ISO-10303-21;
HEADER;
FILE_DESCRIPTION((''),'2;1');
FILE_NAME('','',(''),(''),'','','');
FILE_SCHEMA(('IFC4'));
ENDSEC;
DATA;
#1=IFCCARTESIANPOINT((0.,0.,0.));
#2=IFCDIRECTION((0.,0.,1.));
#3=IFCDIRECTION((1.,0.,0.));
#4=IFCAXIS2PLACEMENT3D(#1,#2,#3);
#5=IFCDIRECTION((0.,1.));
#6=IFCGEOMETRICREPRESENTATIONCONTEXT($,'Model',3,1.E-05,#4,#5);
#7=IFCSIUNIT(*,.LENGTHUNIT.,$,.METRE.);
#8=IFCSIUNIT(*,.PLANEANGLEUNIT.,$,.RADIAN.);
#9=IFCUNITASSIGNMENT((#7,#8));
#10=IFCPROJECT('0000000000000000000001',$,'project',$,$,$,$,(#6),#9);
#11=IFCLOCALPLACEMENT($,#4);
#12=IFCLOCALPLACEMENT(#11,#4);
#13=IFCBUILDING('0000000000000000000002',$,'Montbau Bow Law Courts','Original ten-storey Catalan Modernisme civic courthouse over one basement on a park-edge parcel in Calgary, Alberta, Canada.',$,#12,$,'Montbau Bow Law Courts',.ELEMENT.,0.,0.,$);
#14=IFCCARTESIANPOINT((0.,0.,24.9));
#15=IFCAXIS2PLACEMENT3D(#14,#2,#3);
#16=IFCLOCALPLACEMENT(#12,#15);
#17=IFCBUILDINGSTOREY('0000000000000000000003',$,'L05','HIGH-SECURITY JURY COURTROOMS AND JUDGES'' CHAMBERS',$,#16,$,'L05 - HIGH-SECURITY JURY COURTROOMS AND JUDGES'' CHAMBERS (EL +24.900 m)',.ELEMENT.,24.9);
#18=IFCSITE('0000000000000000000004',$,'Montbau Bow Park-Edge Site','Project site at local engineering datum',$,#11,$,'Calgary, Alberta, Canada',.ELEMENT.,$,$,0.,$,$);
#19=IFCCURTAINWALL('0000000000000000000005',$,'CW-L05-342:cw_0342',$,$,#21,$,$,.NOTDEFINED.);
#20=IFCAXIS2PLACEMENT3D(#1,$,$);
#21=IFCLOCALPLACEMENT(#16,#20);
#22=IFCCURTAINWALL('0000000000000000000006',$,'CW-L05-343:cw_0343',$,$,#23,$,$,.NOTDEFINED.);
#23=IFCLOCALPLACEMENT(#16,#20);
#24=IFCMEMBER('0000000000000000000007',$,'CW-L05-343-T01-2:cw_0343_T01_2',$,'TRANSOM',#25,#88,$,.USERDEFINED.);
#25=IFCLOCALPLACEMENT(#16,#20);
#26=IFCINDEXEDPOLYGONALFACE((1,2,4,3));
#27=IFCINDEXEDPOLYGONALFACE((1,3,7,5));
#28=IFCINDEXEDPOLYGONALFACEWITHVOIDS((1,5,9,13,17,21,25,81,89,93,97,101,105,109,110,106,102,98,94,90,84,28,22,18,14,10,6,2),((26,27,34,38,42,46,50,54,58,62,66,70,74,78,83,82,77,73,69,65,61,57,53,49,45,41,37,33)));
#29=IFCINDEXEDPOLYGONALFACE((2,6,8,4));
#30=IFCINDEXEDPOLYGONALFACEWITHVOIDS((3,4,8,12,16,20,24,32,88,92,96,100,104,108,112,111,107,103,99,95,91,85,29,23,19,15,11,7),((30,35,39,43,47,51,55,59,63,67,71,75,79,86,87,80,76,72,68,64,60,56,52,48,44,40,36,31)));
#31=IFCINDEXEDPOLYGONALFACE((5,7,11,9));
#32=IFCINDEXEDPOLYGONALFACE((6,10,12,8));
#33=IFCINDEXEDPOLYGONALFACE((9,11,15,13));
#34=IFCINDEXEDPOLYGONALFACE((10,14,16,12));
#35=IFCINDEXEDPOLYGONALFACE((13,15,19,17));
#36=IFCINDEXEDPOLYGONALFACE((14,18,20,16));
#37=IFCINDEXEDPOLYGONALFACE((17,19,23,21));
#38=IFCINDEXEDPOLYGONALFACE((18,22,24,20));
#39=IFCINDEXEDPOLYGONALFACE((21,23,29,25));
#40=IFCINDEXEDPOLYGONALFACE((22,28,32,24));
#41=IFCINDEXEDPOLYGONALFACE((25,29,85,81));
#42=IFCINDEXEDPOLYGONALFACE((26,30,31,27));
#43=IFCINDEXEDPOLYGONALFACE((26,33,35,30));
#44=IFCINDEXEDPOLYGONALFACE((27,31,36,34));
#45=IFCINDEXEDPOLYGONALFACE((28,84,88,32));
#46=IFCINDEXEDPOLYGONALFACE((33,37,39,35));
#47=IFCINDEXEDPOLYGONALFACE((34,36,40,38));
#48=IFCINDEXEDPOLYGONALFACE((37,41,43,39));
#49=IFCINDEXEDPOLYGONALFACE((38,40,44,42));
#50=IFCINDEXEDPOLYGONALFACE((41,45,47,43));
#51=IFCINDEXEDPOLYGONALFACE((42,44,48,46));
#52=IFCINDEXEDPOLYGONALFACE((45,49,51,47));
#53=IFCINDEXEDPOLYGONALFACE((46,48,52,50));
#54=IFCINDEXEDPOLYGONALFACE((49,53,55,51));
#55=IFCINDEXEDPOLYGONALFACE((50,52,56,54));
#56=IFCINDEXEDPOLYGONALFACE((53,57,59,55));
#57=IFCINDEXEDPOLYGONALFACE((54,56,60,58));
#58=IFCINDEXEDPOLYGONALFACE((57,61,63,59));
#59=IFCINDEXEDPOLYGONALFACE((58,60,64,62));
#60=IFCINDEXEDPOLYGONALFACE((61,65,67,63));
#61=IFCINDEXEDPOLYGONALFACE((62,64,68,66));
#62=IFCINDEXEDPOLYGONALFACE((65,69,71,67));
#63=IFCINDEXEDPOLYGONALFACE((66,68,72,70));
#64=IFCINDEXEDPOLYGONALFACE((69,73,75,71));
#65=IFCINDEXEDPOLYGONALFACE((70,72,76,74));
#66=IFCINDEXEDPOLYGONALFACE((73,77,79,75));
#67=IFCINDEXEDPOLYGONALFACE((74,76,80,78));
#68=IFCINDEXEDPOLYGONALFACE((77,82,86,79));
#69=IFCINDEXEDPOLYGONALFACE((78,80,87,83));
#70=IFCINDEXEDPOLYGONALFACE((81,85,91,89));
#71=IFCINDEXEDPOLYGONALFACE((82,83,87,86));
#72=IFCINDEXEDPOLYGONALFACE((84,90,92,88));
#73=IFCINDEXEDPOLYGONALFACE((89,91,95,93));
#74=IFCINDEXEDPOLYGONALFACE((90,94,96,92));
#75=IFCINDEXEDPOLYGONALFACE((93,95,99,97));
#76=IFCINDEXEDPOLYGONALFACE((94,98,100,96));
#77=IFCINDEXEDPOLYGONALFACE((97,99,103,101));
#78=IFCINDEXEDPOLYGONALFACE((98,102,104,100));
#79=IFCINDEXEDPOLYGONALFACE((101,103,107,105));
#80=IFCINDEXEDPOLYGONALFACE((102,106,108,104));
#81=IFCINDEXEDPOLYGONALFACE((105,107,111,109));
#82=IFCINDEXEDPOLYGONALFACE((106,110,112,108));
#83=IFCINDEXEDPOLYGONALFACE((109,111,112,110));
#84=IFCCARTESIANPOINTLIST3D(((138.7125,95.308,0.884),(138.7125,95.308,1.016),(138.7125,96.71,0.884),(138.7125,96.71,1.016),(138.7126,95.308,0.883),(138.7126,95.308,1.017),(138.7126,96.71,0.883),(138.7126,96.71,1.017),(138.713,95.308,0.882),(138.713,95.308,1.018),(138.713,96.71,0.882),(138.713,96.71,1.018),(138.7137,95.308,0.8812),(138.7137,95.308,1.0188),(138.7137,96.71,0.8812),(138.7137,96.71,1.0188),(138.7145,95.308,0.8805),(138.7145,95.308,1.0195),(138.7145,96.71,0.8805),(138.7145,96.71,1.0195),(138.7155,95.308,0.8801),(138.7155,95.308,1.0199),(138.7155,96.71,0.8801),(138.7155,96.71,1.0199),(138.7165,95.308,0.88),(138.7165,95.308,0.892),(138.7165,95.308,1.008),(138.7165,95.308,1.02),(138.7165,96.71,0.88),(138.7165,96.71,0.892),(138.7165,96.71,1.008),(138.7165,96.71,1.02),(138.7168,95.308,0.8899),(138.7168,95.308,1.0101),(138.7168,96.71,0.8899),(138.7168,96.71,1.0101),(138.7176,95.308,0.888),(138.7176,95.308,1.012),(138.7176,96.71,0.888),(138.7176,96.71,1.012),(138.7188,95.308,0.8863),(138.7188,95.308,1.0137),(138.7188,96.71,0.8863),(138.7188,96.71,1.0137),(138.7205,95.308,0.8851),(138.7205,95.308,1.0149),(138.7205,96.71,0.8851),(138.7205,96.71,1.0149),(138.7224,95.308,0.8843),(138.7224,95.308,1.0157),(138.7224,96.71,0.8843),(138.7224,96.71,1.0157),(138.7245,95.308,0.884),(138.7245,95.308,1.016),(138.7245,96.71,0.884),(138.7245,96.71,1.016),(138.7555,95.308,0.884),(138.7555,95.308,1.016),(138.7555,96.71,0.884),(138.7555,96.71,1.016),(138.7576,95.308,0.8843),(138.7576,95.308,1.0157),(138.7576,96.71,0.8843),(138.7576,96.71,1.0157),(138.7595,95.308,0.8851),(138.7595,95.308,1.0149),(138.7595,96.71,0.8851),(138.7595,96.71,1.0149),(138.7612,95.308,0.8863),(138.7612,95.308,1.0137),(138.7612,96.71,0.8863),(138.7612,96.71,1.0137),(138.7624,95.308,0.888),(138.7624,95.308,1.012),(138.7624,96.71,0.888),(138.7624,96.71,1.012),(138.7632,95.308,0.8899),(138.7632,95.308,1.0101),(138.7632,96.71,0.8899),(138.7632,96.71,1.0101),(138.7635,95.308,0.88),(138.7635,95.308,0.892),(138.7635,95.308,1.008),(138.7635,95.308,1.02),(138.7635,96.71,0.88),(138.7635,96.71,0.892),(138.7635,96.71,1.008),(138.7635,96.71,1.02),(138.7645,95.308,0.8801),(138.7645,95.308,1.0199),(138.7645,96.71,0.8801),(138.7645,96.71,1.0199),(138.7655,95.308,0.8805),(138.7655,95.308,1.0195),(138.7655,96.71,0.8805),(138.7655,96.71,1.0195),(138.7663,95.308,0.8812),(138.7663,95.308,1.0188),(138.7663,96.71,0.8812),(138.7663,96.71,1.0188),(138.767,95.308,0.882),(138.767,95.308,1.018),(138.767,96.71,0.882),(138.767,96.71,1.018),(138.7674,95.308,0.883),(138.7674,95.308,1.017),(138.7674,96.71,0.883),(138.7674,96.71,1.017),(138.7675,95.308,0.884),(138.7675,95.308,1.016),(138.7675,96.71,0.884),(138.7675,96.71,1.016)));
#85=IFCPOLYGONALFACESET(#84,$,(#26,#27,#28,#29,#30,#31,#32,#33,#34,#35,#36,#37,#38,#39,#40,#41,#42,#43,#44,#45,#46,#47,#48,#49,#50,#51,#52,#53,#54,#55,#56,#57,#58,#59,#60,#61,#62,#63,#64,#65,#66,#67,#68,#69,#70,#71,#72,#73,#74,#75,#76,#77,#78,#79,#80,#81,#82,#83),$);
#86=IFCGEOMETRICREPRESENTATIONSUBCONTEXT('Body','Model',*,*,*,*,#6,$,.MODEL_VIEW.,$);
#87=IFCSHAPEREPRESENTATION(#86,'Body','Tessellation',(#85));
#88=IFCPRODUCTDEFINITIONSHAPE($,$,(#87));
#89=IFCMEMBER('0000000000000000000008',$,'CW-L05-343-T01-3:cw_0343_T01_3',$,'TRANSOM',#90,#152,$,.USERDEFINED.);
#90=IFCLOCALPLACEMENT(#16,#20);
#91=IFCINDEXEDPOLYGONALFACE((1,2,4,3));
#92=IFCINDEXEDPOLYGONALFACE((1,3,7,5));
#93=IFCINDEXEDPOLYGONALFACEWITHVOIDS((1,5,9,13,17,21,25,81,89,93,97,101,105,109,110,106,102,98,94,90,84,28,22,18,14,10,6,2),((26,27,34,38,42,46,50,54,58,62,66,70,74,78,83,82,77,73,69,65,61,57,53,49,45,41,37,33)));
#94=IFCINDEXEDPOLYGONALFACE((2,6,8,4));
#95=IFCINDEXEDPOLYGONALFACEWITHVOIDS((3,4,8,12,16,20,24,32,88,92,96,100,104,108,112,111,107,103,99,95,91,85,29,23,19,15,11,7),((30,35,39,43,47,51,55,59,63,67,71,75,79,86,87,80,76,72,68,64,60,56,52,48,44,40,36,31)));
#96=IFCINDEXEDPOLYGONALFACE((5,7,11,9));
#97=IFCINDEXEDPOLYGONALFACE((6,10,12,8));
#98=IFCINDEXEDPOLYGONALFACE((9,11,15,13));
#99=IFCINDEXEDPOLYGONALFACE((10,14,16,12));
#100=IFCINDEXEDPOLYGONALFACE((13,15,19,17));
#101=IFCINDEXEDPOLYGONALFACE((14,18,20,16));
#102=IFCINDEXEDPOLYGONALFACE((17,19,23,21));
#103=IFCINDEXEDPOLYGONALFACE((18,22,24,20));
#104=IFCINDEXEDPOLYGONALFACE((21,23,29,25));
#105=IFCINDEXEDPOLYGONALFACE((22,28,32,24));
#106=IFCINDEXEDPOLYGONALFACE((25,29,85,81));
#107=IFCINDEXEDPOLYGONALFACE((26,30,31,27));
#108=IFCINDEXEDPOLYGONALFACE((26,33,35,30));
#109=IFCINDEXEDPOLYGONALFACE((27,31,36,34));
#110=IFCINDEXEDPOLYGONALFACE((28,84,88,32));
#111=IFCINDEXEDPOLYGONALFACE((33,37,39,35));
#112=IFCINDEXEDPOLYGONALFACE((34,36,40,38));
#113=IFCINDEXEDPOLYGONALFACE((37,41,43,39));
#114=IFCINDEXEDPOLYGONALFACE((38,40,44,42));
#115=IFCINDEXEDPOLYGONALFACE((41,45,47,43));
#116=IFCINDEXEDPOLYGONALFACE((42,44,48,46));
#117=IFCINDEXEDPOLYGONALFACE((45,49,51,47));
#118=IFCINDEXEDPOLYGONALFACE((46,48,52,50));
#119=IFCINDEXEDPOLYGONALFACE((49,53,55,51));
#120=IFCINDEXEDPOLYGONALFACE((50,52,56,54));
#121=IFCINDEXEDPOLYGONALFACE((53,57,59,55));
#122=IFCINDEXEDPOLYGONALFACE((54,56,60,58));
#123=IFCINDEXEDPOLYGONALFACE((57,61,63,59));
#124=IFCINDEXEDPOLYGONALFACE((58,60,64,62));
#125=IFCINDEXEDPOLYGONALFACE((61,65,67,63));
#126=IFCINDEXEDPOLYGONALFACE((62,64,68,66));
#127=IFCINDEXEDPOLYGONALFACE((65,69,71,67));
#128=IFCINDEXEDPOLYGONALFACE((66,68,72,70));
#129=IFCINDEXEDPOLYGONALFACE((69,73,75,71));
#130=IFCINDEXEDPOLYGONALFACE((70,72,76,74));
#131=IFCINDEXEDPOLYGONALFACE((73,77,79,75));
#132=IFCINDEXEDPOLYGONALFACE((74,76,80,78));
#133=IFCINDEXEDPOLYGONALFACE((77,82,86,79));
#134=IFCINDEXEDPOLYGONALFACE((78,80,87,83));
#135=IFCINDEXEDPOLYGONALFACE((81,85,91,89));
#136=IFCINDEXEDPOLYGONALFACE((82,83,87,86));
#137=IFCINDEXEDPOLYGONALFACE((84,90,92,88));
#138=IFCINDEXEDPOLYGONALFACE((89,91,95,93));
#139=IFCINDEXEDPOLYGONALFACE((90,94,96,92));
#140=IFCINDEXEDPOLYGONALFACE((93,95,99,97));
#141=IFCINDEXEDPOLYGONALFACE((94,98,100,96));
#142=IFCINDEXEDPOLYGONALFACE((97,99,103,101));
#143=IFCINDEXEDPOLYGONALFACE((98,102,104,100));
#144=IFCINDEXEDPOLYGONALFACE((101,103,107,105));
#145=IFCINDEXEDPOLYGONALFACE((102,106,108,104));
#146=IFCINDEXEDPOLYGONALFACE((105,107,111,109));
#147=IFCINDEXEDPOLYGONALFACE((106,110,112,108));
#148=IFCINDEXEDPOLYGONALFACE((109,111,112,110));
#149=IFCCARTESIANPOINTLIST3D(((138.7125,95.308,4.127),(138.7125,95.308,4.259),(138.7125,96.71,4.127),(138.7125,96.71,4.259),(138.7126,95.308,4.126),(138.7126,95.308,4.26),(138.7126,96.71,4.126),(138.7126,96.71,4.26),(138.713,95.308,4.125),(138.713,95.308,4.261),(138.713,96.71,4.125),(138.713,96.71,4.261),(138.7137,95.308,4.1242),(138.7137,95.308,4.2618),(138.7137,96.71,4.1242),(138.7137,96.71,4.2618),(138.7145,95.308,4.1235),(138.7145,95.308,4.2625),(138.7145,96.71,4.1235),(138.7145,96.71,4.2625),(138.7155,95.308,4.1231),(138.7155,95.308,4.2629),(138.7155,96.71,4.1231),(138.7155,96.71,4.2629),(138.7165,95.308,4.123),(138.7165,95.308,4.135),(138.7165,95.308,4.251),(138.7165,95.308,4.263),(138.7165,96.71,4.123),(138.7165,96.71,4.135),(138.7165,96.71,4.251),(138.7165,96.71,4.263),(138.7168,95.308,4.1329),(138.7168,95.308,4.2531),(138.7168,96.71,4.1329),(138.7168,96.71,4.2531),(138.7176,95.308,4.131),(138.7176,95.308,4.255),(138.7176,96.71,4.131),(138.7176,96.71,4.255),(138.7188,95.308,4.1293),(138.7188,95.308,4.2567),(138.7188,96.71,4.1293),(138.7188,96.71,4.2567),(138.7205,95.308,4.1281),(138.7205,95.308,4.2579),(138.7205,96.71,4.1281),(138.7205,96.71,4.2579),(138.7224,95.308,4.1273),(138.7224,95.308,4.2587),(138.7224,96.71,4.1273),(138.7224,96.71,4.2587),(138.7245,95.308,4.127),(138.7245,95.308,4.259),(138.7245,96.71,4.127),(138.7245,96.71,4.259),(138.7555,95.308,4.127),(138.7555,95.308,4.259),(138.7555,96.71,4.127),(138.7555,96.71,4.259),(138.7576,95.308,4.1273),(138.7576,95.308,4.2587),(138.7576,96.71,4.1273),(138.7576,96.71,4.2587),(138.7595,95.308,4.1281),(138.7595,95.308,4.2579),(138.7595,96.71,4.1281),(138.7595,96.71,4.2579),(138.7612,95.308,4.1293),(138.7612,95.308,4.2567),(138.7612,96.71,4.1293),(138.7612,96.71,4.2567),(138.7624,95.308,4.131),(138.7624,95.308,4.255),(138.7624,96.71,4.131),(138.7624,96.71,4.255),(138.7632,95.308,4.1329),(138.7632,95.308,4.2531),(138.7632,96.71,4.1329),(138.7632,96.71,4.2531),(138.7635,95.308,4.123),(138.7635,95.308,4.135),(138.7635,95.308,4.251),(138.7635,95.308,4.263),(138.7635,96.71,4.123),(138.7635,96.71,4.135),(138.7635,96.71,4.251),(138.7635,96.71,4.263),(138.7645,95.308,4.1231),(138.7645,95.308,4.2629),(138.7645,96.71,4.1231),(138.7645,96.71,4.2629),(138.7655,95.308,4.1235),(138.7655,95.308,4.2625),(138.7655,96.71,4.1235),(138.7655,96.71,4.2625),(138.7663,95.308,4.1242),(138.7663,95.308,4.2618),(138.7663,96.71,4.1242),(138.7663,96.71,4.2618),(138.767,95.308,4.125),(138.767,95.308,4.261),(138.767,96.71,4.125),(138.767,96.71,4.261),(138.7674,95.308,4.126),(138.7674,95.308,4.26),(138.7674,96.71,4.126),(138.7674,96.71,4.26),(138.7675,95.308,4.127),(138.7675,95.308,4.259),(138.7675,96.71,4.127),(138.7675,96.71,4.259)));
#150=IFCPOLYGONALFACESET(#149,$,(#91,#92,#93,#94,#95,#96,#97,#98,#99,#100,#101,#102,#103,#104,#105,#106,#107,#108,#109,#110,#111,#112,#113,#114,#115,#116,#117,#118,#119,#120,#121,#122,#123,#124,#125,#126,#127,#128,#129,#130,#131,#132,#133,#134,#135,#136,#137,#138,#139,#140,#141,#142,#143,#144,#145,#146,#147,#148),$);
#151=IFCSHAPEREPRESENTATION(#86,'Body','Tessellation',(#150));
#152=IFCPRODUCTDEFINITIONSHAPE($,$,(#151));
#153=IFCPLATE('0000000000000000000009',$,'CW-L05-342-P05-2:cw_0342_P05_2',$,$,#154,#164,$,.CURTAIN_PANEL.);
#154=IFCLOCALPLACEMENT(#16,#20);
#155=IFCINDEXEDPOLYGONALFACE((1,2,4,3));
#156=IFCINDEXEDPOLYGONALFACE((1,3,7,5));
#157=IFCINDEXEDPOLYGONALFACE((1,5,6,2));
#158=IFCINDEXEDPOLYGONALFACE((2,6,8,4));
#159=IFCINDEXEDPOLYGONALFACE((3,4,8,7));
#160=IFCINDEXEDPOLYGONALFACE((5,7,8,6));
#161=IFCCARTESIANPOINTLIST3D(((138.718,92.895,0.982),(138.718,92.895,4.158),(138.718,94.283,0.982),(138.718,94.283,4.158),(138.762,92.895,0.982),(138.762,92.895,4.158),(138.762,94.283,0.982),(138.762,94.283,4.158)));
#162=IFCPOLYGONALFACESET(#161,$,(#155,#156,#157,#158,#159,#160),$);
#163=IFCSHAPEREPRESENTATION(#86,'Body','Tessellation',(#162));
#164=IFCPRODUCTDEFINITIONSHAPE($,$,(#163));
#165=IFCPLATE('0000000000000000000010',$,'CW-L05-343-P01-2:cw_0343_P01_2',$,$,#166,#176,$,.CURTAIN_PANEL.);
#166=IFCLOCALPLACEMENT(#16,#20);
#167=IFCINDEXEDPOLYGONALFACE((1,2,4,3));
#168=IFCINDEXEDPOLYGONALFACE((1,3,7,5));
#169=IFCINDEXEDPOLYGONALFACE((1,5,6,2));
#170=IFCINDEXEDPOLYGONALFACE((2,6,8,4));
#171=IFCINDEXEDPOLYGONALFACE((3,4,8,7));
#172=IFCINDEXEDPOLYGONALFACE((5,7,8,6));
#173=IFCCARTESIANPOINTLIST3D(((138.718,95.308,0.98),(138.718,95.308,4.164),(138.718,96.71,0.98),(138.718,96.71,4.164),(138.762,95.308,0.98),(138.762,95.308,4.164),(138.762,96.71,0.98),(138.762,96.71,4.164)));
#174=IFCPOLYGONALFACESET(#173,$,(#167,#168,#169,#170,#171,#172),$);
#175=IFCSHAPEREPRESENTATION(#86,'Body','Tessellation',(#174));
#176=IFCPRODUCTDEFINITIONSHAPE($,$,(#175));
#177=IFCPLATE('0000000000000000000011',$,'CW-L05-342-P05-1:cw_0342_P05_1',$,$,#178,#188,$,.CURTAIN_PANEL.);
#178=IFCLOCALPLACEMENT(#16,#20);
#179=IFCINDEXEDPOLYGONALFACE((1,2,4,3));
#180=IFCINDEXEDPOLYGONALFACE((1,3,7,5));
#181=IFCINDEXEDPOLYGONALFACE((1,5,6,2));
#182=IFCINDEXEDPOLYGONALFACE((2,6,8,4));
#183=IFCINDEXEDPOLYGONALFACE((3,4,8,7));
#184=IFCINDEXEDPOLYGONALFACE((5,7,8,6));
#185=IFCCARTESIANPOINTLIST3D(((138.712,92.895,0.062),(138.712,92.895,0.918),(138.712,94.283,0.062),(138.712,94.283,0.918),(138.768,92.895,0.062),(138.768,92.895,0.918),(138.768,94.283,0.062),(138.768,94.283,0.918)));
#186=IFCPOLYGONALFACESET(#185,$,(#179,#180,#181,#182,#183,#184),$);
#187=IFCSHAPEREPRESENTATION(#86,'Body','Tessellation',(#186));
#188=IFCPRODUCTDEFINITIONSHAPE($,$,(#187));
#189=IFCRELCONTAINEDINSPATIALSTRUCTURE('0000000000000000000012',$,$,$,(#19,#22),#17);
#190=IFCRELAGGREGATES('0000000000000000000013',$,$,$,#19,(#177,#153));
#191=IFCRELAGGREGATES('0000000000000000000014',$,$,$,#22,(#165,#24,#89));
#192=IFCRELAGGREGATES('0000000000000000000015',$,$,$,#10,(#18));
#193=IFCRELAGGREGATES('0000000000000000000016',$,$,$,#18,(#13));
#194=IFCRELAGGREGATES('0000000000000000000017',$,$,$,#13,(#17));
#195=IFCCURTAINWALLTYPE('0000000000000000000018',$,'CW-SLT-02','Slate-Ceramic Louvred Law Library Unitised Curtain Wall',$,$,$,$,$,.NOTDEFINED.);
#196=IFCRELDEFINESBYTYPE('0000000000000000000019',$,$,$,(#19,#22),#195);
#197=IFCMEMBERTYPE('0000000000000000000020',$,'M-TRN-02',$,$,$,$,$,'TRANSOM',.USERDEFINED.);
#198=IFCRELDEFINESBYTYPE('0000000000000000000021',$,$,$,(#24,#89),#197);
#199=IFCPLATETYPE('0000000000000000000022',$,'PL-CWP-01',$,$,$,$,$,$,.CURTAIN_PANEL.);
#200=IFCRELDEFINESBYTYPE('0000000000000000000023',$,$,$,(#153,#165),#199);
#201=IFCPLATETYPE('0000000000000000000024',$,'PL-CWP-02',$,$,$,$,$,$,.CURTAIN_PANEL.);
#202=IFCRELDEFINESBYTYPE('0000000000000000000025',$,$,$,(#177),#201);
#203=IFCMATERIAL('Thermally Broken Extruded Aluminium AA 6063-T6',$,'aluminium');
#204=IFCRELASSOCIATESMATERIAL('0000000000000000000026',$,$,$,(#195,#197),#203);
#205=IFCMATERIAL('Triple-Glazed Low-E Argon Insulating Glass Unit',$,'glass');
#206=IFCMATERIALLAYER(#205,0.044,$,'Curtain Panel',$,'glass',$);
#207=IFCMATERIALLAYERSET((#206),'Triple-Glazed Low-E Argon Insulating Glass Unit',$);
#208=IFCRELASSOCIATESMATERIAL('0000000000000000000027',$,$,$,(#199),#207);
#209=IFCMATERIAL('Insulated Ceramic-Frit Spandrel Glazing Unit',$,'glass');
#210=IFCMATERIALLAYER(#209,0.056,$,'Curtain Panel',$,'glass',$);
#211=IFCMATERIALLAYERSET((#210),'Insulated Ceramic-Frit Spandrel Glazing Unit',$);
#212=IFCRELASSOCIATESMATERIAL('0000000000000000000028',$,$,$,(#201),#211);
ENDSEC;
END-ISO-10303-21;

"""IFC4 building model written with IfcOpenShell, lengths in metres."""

from ifc_helpers import new_model, si_unit, direction, frame, frame_2d, origin_with_axes, origin_2d_with_axis, place, context, subcontext, project, spatial, rectangle, hollow_rectangle, extrude, material, layer, layer_set, material_profile, profile_set, type_object, element, aggregate, save


model = new_model("IFC4")

# Units and contexts
model_context = context("Model", 3, precision=1e-05, world=origin_with_axes(), true_north=direction((0.0, 1.0)))
body_context = subcontext(model_context, "Body", "Model", "MODEL_VIEW")
ifc_project = project(units=[si_unit("LENGTHUNIT", "METRE"), si_unit("PLANEANGLEUNIT", "RADIAN")], contexts=[model_context])

# Site, building, storey
site_placement = place(None, origin_with_axes())
site = spatial("IfcSite", under=ifc_project, at=site_placement, Name="Montbau Bow Park-Edge Site", Description="Project site at local engineering datum", LongName="Calgary, Alberta, Canada", CompositionType="ELEMENT", RefElevation=0.0)
building_placement = place(site_placement, origin_with_axes())
building = spatial("IfcBuilding", under=site, at=building_placement, Name="Montbau Bow Law Courts", Description="Original ten-storey Catalan Modernisme civic courthouse over one basement on a park-edge parcel in Calgary, Alberta, Canada.", LongName="Montbau Bow Law Courts", CompositionType="ELEMENT", ElevationOfRefHeight=0.0, ElevationOfTerrain=0.0)
storey_placement = place(building_placement, frame((0.0, 0.0, 24.9), z_axis=(0.0, 0.0, 1.0), x_axis=(1.0, 0.0, 0.0)))
storey = spatial("IfcBuildingStorey", under=building, at=storey_placement, Name="L05", Description="HIGH-SECURITY JURY COURTROOMS AND JUDGES' CHAMBERS", LongName="L05 - HIGH-SECURITY JURY COURTROOMS AND JUDGES' CHAMBERS (EL +24.900 m)", CompositionType="ELEMENT", Elevation=24.9)

# Curtain walls
ifc_material_1 = material(Name="Thermally Broken Extruded Aluminium AA 6063-T6", Category="aluminium")
curtain_wall_type = type_object("IfcCurtainWallType", Name="CW-SLT-02", Description="Slate-Ceramic Louvred Law Library Unitised Curtain Wall", PredefinedType="NOTDEFINED", material=ifc_material_1)
curtain_wall_1_placement = place(None, frame((138.74, 86.84, 24.9), z_axis=(0.0, 0.0, 1.0), x_axis=(1.0, 0.0, 0.0)))
curtain_wall_1 = element("IfcCurtainWall", 1, at=curtain_wall_1_placement, inside=storey, type_object=curtain_wall_type, Name="CW-L05-342:cw_0342", PredefinedType="NOTDEFINED")
curtain_wall_2_placement = place(None, frame((138.74, 95.24, 24.9), z_axis=(0.0, 0.0, 1.0), x_axis=(1.0, 0.0, 0.0)))
curtain_wall_2 = element("IfcCurtainWall", 2, at=curtain_wall_2_placement, inside=storey, type_object=curtain_wall_type, Name="CW-L05-343:cw_0343", PredefinedType="NOTDEFINED")

# Members
ifc_material_profile_1 = material_profile(ifc_material_1, hollow_rectangle(XDim=0.055, YDim=0.14, WallThickness=0.004, InnerFilletRadius=0.008, OuterFilletRadius=0.004, at=origin_2d_with_axis()), Name="CWT-140X55", Category="Main", Priority=0)
ifc_profile_set_1 = profile_set([ifc_material_profile_1], Name="Thermally Broken Extruded Aluminium AA 6063-T6")
member_type_1 = type_object("IfcMemberType", Name="M-TRN-02", ElementType="TRANSOM", PredefinedType="USERDEFINED", material=ifc_profile_set_1)
member_1_placement = place(None, frame((138.74, 95.308, 25.85), z_axis=(0.0, 1.0, 0.0), x_axis=(-1.0, 0.0, 0.0)))
member_1 = element("IfcMember", 3, at=member_1_placement, type_object=member_type_1, Name="CW-L05-343-T01-2:cw_0343_T01_2", ObjectType="TRANSOM", PredefinedType="USERDEFINED", context=body_context, shape_type="SweptSolid", body=[
    extrude(hollow_rectangle(XDim=0.055, YDim=0.14, WallThickness=0.004, InnerFilletRadius=0.008, OuterFilletRadius=0.004, at=origin_2d_with_axis()), origin_with_axes(), (0.0, 0.0, 1.0), 1.402),
])
member_2_placement = place(None, frame((138.74, 95.308, 29.093), z_axis=(0.0, 1.0, 0.0), x_axis=(-1.0, 0.0, 0.0)))
member_2 = element("IfcMember", 4, at=member_2_placement, type_object=member_type_1, Name="CW-L05-343-T01-3:cw_0343_T01_3", ObjectType="TRANSOM", PredefinedType="USERDEFINED", context=body_context, shape_type="SweptSolid", body=[
    extrude(hollow_rectangle(XDim=0.055, YDim=0.14, WallThickness=0.004, InnerFilletRadius=0.008, OuterFilletRadius=0.004, at=origin_2d_with_axis()), origin_with_axes(), (0.0, 0.0, 1.0), 1.402),
])

# Plates
ifc_material_2 = material(Name="Triple-Glazed Low-E Argon Insulating Glass Unit", Category="glass")
ifc_layer_1 = layer(ifc_material_2, 0.044, Name="Curtain Panel", Category="glass")
ifc_layer_set_1 = layer_set([ifc_layer_1], Name="Triple-Glazed Low-E Argon Insulating Glass Unit")
plate_type_1 = type_object("IfcPlateType", Name="PL-CWP-01", PredefinedType="CURTAIN_PANEL", material=ifc_layer_set_1)
plate_1_placement = place(None, frame((138.74, 92.895, 25.882), z_axis=(1.0, 0.0, 0.0), x_axis=(0.0, 1.0, 0.0)))
plate_1 = element("IfcPlate", 5, at=plate_1_placement, type_object=plate_type_1, Name="CW-L05-342-P05-2:cw_0342_P05_2", PredefinedType="CURTAIN_PANEL", context=body_context, shape_type="SweptSolid", body=[
    extrude(rectangle(XDim=1.388, YDim=3.176, at=frame_2d((0.694, 1.588), x_axis=(1.0, 0.0))), frame((0.0, 0.0, -0.022), z_axis=(0.0, 0.0, 1.0), x_axis=(1.0, 0.0, 0.0)), (0.0, 0.0, 1.0), 0.044),
])
plate_2_placement = place(None, frame((138.74, 95.308, 25.88), z_axis=(1.0, 0.0, 0.0), x_axis=(0.0, 1.0, 0.0)))
plate_2 = element("IfcPlate", 6, at=plate_2_placement, type_object=plate_type_1, Name="CW-L05-343-P01-2:cw_0343_P01_2", PredefinedType="CURTAIN_PANEL", context=body_context, shape_type="SweptSolid", body=[
    extrude(rectangle(XDim=1.402, YDim=3.184, at=frame_2d((0.701, 1.592), x_axis=(1.0, 0.0))), frame((0.0, 0.0, -0.022), z_axis=(0.0, 0.0, 1.0), x_axis=(1.0, 0.0, 0.0)), (0.0, 0.0, 1.0), 0.044),
])
ifc_material_3 = material(Name="Insulated Ceramic-Frit Spandrel Glazing Unit", Category="glass")
ifc_layer_2 = layer(ifc_material_3, 0.056, Name="Curtain Panel", Category="glass")
ifc_layer_set_2 = layer_set([ifc_layer_2], Name="Insulated Ceramic-Frit Spandrel Glazing Unit")
plate_type_2 = type_object("IfcPlateType", Name="PL-CWP-02", PredefinedType="CURTAIN_PANEL", material=ifc_layer_set_2)
plate_3_placement = place(None, frame((138.74, 92.895, 24.962), z_axis=(1.0, 0.0, 0.0), x_axis=(0.0, 1.0, 0.0)))
plate_3 = element("IfcPlate", 7, at=plate_3_placement, type_object=plate_type_2, Name="CW-L05-342-P05-1:cw_0342_P05_1", PredefinedType="CURTAIN_PANEL", context=body_context, shape_type="SweptSolid", body=[
    extrude(rectangle(XDim=1.388, YDim=0.856, at=frame_2d((0.694, 0.428), x_axis=(1.0, 0.0))), frame((0.0, 0.0, -0.028), z_axis=(0.0, 0.0, 1.0), x_axis=(1.0, 0.0, 0.0)), (0.0, 0.0, 1.0), 0.056),
])
aggregate(curtain_wall_1, [plate_3, plate_1])
aggregate(curtain_wall_2, [plate_2, member_1, member_2])

save(model, "model.ifc")
